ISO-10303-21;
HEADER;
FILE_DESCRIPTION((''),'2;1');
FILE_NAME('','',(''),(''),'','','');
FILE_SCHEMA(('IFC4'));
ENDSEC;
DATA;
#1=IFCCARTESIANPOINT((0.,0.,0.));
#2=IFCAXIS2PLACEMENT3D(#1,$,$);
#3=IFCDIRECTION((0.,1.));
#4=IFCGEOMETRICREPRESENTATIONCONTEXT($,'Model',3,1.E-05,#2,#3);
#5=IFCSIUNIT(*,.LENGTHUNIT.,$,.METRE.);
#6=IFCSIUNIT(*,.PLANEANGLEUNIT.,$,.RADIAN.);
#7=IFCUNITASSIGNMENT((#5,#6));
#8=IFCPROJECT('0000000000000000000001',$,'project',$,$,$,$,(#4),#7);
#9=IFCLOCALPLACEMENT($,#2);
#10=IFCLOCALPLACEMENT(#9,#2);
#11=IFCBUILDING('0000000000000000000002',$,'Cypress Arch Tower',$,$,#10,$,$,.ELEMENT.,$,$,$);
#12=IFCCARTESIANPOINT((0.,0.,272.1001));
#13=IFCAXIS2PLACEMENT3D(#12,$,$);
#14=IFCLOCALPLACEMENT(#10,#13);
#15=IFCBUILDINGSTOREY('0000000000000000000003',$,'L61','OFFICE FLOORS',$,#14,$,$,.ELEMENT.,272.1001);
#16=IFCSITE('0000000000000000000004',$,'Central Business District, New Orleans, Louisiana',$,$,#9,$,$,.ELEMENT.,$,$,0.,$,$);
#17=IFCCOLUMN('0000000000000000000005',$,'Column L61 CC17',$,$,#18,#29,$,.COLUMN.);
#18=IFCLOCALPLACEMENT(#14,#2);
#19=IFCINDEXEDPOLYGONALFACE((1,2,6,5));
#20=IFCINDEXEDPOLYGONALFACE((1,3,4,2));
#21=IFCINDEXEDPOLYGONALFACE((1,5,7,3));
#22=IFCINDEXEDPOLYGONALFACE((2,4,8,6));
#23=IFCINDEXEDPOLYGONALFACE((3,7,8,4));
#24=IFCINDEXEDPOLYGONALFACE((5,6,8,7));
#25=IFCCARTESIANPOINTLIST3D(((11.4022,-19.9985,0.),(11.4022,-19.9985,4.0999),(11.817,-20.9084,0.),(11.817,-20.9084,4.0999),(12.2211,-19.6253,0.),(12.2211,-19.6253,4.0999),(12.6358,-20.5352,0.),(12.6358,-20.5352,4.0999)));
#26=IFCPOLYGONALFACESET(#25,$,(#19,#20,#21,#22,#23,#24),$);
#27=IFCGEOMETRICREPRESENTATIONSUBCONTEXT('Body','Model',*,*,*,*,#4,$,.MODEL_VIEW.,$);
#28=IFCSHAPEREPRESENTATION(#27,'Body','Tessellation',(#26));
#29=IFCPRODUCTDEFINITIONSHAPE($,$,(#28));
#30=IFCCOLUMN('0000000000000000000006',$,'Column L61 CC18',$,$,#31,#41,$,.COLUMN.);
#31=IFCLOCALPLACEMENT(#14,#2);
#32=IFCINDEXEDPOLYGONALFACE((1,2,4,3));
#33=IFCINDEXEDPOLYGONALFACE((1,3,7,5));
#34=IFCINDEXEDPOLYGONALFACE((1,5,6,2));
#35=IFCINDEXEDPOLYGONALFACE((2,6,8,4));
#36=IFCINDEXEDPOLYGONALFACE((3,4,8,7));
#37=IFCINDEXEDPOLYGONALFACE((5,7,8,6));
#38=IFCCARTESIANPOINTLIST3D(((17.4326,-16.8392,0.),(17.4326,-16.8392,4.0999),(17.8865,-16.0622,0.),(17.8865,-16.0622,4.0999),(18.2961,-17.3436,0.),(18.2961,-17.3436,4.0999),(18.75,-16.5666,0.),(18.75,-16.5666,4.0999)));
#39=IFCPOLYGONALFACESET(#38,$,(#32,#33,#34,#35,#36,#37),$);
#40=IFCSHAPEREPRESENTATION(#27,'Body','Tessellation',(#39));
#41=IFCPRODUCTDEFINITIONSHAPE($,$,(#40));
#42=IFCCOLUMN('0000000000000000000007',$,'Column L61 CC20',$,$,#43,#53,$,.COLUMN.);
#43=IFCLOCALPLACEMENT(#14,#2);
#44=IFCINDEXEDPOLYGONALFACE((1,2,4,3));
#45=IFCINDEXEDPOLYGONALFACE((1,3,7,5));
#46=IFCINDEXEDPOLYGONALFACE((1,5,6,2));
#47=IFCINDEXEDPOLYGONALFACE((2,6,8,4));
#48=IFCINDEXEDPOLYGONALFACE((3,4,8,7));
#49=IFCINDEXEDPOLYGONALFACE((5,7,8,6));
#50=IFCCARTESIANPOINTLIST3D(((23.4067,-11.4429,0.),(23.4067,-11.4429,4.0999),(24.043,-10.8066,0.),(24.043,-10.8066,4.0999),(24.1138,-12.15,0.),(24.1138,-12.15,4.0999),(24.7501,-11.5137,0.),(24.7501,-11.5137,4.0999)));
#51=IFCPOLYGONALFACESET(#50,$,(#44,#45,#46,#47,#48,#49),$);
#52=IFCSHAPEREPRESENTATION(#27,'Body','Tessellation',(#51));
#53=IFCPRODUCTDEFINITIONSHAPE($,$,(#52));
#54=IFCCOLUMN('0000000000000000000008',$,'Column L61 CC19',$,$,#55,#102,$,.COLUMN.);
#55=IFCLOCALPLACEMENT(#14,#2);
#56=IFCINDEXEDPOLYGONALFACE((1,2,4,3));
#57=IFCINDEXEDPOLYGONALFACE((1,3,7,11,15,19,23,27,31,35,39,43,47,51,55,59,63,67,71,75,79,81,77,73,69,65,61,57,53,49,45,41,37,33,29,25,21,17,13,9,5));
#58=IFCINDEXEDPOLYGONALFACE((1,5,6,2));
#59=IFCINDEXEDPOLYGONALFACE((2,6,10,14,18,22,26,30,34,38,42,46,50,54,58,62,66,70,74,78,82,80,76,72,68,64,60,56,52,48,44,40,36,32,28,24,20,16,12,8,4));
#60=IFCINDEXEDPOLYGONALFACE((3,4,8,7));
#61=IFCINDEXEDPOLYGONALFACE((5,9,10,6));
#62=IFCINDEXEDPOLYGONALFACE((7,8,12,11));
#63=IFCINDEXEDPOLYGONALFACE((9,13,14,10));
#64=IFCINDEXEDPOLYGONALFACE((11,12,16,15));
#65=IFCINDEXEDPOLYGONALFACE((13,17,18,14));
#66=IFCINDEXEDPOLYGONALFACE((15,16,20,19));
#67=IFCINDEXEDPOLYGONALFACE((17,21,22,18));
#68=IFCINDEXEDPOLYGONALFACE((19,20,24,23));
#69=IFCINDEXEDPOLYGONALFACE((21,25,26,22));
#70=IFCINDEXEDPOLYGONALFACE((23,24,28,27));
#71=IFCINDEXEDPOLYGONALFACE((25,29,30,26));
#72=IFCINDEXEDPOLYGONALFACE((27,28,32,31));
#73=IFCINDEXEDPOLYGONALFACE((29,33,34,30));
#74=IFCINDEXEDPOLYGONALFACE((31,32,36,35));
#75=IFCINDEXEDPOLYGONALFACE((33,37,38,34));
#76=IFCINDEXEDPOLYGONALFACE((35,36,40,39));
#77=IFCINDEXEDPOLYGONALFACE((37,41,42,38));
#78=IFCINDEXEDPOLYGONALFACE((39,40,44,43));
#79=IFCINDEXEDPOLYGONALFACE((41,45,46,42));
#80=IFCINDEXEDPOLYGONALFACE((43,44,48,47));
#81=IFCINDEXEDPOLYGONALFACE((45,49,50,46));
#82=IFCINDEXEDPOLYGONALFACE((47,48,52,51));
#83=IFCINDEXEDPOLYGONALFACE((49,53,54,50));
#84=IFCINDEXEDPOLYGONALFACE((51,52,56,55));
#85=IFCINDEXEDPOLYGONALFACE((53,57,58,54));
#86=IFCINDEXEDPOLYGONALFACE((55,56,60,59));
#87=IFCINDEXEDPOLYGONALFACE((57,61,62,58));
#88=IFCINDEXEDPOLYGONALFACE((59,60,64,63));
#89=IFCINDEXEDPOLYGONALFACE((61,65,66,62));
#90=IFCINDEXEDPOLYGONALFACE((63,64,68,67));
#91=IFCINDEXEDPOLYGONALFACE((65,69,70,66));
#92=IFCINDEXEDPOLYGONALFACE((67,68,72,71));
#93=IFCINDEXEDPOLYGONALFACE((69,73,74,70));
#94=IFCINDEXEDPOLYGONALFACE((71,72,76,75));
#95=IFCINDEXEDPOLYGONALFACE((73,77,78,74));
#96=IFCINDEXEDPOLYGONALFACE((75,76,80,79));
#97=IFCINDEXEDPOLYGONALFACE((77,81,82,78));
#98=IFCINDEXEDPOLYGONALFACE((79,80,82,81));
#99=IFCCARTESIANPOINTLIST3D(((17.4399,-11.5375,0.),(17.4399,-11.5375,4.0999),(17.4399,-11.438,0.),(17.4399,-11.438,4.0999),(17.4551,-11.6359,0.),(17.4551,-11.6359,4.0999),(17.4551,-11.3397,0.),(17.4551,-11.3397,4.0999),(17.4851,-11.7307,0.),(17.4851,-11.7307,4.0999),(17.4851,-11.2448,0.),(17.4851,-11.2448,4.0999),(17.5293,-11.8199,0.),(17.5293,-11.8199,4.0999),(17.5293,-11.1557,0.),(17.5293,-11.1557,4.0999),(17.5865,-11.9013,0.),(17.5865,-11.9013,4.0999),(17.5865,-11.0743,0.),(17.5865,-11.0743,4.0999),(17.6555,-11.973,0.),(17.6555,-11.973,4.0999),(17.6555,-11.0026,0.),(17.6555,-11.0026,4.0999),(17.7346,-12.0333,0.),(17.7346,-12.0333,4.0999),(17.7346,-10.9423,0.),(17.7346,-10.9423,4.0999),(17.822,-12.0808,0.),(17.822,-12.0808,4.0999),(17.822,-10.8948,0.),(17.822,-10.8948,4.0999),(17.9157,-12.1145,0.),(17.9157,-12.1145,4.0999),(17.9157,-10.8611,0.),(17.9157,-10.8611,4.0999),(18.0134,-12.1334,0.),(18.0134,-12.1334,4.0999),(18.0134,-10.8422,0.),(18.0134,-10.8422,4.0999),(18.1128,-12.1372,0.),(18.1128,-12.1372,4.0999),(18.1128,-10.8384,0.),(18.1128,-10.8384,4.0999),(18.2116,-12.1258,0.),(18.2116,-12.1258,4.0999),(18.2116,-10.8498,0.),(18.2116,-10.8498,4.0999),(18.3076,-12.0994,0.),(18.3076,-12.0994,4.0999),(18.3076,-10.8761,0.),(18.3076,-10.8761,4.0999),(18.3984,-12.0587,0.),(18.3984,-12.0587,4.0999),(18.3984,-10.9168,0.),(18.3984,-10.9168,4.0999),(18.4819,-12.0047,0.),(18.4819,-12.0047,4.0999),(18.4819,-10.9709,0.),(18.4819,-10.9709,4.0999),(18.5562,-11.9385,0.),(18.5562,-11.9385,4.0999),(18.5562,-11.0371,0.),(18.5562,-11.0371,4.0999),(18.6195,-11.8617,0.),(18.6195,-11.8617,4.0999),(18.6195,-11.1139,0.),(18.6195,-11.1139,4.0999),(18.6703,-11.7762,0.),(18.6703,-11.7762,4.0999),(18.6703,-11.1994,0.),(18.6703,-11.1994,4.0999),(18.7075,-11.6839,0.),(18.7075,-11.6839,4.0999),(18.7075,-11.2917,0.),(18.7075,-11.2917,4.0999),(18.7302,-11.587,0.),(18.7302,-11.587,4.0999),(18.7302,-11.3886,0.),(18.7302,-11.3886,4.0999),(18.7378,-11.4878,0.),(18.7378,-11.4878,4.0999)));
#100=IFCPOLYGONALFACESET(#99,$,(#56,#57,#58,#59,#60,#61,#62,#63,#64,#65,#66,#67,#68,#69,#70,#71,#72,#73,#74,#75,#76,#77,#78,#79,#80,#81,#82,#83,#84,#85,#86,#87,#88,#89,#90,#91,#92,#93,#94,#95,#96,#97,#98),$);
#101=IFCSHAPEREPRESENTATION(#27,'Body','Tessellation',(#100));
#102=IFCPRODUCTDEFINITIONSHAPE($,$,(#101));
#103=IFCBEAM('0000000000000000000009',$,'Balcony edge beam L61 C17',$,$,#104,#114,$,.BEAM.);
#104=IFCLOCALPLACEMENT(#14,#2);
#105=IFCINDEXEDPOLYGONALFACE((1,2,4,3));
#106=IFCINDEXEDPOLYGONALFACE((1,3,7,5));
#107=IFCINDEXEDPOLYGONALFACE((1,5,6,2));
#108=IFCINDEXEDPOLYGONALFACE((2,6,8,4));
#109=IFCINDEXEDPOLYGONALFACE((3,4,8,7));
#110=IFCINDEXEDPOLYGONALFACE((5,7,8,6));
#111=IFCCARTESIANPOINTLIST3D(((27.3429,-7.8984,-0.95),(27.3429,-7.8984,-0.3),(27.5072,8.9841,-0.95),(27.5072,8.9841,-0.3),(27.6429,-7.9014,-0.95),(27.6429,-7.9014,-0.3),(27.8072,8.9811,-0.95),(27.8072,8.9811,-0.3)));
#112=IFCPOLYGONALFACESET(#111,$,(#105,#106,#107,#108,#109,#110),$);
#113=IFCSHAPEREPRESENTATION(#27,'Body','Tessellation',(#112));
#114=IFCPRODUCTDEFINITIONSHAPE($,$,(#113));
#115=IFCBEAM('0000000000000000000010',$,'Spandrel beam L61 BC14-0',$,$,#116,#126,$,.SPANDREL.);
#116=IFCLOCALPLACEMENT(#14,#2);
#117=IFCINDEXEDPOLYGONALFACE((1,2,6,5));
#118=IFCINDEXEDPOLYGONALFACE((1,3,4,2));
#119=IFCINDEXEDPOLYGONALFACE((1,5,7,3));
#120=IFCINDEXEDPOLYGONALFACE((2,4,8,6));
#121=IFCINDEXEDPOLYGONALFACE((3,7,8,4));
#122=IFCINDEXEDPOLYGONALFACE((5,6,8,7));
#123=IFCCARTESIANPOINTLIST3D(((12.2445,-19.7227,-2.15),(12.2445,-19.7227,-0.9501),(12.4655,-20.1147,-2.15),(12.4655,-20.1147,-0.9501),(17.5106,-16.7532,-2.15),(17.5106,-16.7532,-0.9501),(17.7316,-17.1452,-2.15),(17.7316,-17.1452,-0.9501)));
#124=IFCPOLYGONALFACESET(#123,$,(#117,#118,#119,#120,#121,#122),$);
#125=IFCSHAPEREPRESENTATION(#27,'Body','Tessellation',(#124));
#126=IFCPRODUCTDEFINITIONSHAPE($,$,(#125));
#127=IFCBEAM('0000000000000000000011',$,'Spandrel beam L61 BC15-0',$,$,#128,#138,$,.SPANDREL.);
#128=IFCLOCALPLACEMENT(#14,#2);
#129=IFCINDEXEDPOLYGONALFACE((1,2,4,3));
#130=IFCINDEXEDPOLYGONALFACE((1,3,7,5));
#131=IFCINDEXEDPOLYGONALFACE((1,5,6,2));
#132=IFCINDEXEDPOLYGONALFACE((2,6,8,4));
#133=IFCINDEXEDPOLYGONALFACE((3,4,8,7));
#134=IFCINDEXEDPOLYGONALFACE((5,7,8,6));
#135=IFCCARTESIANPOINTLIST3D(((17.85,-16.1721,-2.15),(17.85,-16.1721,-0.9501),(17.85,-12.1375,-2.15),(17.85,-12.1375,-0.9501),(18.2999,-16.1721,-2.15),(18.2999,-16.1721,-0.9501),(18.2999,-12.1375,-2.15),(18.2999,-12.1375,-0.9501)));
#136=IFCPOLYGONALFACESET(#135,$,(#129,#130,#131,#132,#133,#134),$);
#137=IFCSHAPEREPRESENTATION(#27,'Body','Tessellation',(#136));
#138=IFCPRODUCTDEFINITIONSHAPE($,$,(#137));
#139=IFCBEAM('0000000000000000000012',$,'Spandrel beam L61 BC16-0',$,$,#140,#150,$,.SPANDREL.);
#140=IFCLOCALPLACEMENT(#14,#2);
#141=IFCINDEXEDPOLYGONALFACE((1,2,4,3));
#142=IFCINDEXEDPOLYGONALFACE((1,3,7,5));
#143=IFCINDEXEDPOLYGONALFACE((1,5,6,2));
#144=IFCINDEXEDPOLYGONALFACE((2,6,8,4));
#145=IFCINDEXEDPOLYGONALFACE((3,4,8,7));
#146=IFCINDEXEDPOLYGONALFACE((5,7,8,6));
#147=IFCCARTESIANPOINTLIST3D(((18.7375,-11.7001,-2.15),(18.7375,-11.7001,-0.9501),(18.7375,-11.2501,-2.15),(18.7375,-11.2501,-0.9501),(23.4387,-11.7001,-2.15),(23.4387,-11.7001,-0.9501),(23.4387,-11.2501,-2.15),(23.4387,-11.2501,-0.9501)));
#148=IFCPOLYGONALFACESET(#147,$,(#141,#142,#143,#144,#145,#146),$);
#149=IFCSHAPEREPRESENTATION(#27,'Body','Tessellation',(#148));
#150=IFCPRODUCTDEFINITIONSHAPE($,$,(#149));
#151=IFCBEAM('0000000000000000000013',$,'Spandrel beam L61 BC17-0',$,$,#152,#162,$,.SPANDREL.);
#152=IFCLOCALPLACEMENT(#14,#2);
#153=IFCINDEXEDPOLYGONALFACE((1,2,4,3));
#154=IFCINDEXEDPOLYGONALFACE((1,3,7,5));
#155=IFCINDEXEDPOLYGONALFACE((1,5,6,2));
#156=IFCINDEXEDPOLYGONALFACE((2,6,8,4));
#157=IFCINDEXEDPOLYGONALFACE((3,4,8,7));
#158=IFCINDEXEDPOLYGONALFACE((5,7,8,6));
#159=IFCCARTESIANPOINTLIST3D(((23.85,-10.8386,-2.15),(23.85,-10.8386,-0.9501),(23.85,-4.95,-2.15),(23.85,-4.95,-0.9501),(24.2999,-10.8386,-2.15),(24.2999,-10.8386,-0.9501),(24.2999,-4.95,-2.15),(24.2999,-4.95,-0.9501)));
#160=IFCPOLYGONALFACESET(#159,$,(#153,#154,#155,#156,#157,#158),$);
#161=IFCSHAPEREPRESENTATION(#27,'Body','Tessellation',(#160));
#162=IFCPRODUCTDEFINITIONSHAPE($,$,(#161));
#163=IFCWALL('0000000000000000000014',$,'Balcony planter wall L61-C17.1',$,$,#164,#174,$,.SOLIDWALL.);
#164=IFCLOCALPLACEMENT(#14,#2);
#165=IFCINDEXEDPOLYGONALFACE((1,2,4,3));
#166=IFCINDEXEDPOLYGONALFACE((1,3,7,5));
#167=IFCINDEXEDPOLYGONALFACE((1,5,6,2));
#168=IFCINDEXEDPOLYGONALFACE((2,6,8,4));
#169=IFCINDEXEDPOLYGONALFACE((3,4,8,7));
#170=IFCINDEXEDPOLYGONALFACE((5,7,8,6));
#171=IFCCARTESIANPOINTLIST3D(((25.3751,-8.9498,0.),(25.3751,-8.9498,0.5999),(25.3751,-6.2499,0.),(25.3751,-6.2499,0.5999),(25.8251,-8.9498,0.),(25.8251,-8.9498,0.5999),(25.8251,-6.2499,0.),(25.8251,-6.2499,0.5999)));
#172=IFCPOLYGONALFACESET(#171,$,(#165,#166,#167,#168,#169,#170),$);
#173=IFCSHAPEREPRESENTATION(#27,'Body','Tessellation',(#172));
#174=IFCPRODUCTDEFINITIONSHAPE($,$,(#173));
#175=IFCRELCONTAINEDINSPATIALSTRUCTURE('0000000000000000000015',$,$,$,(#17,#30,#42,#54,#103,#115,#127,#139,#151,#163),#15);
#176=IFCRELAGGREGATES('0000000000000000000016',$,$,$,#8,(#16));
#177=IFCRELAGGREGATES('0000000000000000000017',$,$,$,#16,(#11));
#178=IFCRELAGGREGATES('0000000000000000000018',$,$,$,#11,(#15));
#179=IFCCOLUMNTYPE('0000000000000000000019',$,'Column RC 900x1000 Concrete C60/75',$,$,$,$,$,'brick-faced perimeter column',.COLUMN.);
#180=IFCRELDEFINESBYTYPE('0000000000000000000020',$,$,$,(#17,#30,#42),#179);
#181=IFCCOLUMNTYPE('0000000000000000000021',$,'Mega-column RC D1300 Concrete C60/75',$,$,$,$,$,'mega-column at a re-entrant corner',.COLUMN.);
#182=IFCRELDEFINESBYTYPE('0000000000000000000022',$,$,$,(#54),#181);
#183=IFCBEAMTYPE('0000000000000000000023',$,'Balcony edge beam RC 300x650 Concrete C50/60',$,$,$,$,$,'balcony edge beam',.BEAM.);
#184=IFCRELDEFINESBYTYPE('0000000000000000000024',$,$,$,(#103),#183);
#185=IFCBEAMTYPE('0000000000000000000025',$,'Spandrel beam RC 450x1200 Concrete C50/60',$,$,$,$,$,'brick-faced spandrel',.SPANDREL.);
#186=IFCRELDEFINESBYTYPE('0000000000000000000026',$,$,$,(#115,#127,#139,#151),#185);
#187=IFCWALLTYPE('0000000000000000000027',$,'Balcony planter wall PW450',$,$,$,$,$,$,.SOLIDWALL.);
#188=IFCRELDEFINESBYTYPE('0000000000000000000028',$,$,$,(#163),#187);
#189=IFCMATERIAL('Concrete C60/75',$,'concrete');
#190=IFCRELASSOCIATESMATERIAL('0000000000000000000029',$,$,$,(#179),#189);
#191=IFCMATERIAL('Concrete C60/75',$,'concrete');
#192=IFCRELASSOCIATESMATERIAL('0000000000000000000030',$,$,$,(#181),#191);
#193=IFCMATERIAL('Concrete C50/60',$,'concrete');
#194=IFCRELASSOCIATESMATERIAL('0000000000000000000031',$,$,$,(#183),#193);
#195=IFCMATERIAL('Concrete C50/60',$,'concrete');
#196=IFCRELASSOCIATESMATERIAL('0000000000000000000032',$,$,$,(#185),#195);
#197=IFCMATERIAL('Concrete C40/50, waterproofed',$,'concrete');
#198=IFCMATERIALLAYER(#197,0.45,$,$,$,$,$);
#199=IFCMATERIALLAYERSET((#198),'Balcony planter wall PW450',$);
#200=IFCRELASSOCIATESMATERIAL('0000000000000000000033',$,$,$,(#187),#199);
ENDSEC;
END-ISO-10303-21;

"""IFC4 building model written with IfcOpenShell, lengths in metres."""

from ifc_helpers import new_model, si_unit, direction, frame, frame_2d, origin, origin_2d, place, context, subcontext, project, spatial, rectangle, circle, extrude, material, layer, layer_set, material_profile, profile_set, type_object, element, save


model = new_model("IFC4")

# Units and contexts
model_context = context("Model", 3, precision=1e-05, world=origin(), true_north=direction((0.0, 1.0)))
body_context = subcontext(model_context, "Body", "Model", "MODEL_VIEW")
ifc_project = project(units=[si_unit("LENGTHUNIT", "METRE"), si_unit("PLANEANGLEUNIT", "RADIAN")], contexts=[model_context])

# Site, building, storey
site_placement = place(None, origin())
site = spatial("IfcSite", under=ifc_project, at=site_placement, Name="Central Business District, New Orleans, Louisiana", CompositionType="ELEMENT", RefElevation=0.0)
building_placement = place(site_placement, origin())
building = spatial("IfcBuilding", under=site, at=building_placement, Name="Cypress Arch Tower", CompositionType="ELEMENT")
storey_placement = place(building_placement, frame((0.0, 0.0, 272.1001)))
storey = spatial("IfcBuildingStorey", under=building, at=storey_placement, Name="L61", Description="OFFICE FLOORS", CompositionType="ELEMENT", Elevation=272.1001)

# Columns
ifc_material_1 = material(Name="Concrete C60/75", Category="concrete")
ifc_material_profile_1 = material_profile(ifc_material_1, rectangle(XDim=0.8999, YDim=1.0, at=origin_2d()), Name="RC 900x1000")
ifc_profile_set_1 = profile_set([ifc_material_profile_1], Name="Concrete C60/75")
column_type_1 = type_object("IfcColumnType", Name="Column RC 900x1000 Concrete C60/75", ElementType="brick-faced perimeter column", PredefinedType="COLUMN", material=ifc_profile_set_1)
for number, where, z_axis, x_axis, name in (
    (1, (12.019, -20.2668, 0.0), (0.0, 0.0, 1.0), (0.909932, 0.414757, 0.0), "Column L61 CC17"),
    (2, (18.0913, -16.7029, 0.0), (0.0, 0.0, 1.0), (0.504399, 0.863471, 0.0), "Column L61 CC18"),
    (3, (24.0784, -11.4783, 0.0), (0.0, 0.0, 1.0), (0.707107, 0.707107, 0.0), "Column L61 CC20"),
):
    element("IfcColumn", number, at=place(storey_placement, frame(where, z_axis=z_axis, x_axis=x_axis)), inside=storey, type_object=column_type_1, Name=name, PredefinedType="COLUMN", context=body_context, shape_type="SweptSolid", body=[
        extrude(rectangle(XDim=0.8999, YDim=1.0, at=origin_2d()), origin(), (0.0, 0.0, 1.0), 4.0999),
    ])
ifc_material_2 = material(Name="Concrete C60/75", Category="concrete")
ifc_material_profile_2 = material_profile(ifc_material_2, circle(Radius=0.6499, at=origin_2d()), Name="RC D1300")
ifc_profile_set_2 = profile_set([ifc_material_profile_2], Name="Concrete C60/75")
column_type_2 = type_object("IfcColumnType", Name="Mega-column RC D1300 Concrete C60/75", ElementType="mega-column at a re-entrant corner", PredefinedType="COLUMN", material=ifc_profile_set_2)
column_placement = place(storey_placement, frame((18.0879, -11.4878, 0.0), z_axis=(0.0, 0.0, 1.0), x_axis=(1.0, 0.0, 0.0)))
element("IfcColumn", 4, at=column_placement, inside=storey, type_object=column_type_2, Name="Column L61 CC19", PredefinedType="COLUMN", context=body_context, shape_type="SweptSolid", body=[
    extrude(circle(Radius=0.6499, at=origin_2d()), origin(), (0.0, 0.0, 1.0), 4.0999),
])

# Beams
ifc_material_3 = material(Name="Concrete C50/60", Category="concrete")
ifc_material_profile_3 = material_profile(ifc_material_3, rectangle(XDim=0.3, YDim=0.6499, at=origin_2d()), Name="RC 300x650")
ifc_profile_set_3 = profile_set([ifc_material_profile_3], Name="Concrete C50/60")
beam_type_1 = type_object("IfcBeamType", Name="Balcony edge beam RC 300x650 Concrete C50/60", ElementType="balcony edge beam", PredefinedType="BEAM", material=ifc_profile_set_3)
beam_1_placement = place(storey_placement, frame((27.4929, -7.8999, -0.625), z_axis=(0.009732, 0.999953, 0.0), x_axis=(-0.999953, 0.009732, 0.0)))
element("IfcBeam", 5, at=beam_1_placement, inside=storey, type_object=beam_type_1, Name="Balcony edge beam L61 C17", PredefinedType="BEAM", context=body_context, shape_type="SweptSolid", body=[
    extrude(rectangle(XDim=0.3, YDim=0.6499, at=origin_2d()), origin(), (0.0, 0.0, 1.0), 16.8833),
])
ifc_material_4 = material(Name="Concrete C50/60", Category="concrete")
ifc_material_profile_4 = material_profile(ifc_material_4, rectangle(XDim=0.45, YDim=1.2, at=origin_2d()), Name="RC 450x1200")
ifc_profile_set_4 = profile_set([ifc_material_profile_4], Name="Concrete C50/60")
beam_type_2 = type_object("IfcBeamType", Name="Spandrel beam RC 450x1200 Concrete C50/60", ElementType="brick-faced spandrel", PredefinedType="SPANDREL", material=ifc_profile_set_4)
beam_2_placement = place(storey_placement, frame((12.355, -19.9187, -1.55), z_axis=(0.87106, 0.491177, 0.0), x_axis=(-0.491177, 0.87106, 0.0)))
element("IfcBeam", 6, at=beam_2_placement, inside=storey, type_object=beam_type_2, Name="Spandrel beam L61 BC14-0", PredefinedType="SPANDREL", context=body_context, shape_type="SweptSolid", body=[
    extrude(rectangle(XDim=0.45, YDim=1.2, at=origin_2d()), origin(), (0.0, 0.0, 1.0), 6.0457),
])
beam_3_placement = place(storey_placement, frame((18.075, -16.1721, -1.55), z_axis=(0.0, 1.0, 0.0), x_axis=(-1.0, 0.0, 0.0)))
element("IfcBeam", 7, at=beam_3_placement, inside=storey, type_object=beam_type_2, Name="Spandrel beam L61 BC15-0", PredefinedType="SPANDREL", context=body_context, shape_type="SweptSolid", body=[
    extrude(rectangle(XDim=0.45, YDim=1.2, at=origin_2d()), origin(), (0.0, 0.0, 1.0), 4.0347),
])
beam_4_placement = place(storey_placement, frame((18.7375, -11.4751, -1.55), z_axis=(1.0, 0.0, 0.0), x_axis=(0.0, 1.0, 0.0)))
element("IfcBeam", 8, at=beam_4_placement, inside=storey, type_object=beam_type_2, Name="Spandrel beam L61 BC16-0", PredefinedType="SPANDREL", context=body_context, shape_type="SweptSolid", body=[
    extrude(rectangle(XDim=0.45, YDim=1.2, at=origin_2d()), origin(), (0.0, 0.0, 1.0), 4.7012),
])
beam_5_placement = place(storey_placement, frame((24.075, -10.8386, -1.55), z_axis=(0.0, 1.0, 0.0), x_axis=(-1.0, 0.0, 0.0)))
element("IfcBeam", 9, at=beam_5_placement, inside=storey, type_object=beam_type_2, Name="Spandrel beam L61 BC17-0", PredefinedType="SPANDREL", context=body_context, shape_type="SweptSolid", body=[
    extrude(rectangle(XDim=0.45, YDim=1.2, at=origin_2d()), origin(), (0.0, 0.0, 1.0), 5.8887),
])

# Wall
ifc_material_5 = material(Name="Concrete C40/50, waterproofed", Category="concrete")
ifc_layer_1 = layer(ifc_material_5, 0.45)
ifc_layer_set_1 = layer_set([ifc_layer_1], Name="Balcony planter wall PW450")
wall_type_1 = type_object("IfcWallType", Name="Balcony planter wall PW450", PredefinedType="SOLIDWALL", material=ifc_layer_set_1)
wall_1_placement = place(storey_placement, frame((25.6001, -8.95, 0.0), z_axis=(0.0, 0.0, 1.0), x_axis=(0.0, 1.0, 0.0)))
element("IfcWall", 10, at=wall_1_placement, inside=storey, type_object=wall_type_1, Name="Balcony planter wall L61-C17.1", PredefinedType="SOLIDWALL", context=body_context, shape_type="SweptSolid", body=[
    extrude(rectangle(XDim=2.7, YDim=0.45, at=frame_2d((1.3501, 0.0))), origin(), (0.0, 0.0, 1.0), 0.5999),
])

save(model, "model.ifc")
